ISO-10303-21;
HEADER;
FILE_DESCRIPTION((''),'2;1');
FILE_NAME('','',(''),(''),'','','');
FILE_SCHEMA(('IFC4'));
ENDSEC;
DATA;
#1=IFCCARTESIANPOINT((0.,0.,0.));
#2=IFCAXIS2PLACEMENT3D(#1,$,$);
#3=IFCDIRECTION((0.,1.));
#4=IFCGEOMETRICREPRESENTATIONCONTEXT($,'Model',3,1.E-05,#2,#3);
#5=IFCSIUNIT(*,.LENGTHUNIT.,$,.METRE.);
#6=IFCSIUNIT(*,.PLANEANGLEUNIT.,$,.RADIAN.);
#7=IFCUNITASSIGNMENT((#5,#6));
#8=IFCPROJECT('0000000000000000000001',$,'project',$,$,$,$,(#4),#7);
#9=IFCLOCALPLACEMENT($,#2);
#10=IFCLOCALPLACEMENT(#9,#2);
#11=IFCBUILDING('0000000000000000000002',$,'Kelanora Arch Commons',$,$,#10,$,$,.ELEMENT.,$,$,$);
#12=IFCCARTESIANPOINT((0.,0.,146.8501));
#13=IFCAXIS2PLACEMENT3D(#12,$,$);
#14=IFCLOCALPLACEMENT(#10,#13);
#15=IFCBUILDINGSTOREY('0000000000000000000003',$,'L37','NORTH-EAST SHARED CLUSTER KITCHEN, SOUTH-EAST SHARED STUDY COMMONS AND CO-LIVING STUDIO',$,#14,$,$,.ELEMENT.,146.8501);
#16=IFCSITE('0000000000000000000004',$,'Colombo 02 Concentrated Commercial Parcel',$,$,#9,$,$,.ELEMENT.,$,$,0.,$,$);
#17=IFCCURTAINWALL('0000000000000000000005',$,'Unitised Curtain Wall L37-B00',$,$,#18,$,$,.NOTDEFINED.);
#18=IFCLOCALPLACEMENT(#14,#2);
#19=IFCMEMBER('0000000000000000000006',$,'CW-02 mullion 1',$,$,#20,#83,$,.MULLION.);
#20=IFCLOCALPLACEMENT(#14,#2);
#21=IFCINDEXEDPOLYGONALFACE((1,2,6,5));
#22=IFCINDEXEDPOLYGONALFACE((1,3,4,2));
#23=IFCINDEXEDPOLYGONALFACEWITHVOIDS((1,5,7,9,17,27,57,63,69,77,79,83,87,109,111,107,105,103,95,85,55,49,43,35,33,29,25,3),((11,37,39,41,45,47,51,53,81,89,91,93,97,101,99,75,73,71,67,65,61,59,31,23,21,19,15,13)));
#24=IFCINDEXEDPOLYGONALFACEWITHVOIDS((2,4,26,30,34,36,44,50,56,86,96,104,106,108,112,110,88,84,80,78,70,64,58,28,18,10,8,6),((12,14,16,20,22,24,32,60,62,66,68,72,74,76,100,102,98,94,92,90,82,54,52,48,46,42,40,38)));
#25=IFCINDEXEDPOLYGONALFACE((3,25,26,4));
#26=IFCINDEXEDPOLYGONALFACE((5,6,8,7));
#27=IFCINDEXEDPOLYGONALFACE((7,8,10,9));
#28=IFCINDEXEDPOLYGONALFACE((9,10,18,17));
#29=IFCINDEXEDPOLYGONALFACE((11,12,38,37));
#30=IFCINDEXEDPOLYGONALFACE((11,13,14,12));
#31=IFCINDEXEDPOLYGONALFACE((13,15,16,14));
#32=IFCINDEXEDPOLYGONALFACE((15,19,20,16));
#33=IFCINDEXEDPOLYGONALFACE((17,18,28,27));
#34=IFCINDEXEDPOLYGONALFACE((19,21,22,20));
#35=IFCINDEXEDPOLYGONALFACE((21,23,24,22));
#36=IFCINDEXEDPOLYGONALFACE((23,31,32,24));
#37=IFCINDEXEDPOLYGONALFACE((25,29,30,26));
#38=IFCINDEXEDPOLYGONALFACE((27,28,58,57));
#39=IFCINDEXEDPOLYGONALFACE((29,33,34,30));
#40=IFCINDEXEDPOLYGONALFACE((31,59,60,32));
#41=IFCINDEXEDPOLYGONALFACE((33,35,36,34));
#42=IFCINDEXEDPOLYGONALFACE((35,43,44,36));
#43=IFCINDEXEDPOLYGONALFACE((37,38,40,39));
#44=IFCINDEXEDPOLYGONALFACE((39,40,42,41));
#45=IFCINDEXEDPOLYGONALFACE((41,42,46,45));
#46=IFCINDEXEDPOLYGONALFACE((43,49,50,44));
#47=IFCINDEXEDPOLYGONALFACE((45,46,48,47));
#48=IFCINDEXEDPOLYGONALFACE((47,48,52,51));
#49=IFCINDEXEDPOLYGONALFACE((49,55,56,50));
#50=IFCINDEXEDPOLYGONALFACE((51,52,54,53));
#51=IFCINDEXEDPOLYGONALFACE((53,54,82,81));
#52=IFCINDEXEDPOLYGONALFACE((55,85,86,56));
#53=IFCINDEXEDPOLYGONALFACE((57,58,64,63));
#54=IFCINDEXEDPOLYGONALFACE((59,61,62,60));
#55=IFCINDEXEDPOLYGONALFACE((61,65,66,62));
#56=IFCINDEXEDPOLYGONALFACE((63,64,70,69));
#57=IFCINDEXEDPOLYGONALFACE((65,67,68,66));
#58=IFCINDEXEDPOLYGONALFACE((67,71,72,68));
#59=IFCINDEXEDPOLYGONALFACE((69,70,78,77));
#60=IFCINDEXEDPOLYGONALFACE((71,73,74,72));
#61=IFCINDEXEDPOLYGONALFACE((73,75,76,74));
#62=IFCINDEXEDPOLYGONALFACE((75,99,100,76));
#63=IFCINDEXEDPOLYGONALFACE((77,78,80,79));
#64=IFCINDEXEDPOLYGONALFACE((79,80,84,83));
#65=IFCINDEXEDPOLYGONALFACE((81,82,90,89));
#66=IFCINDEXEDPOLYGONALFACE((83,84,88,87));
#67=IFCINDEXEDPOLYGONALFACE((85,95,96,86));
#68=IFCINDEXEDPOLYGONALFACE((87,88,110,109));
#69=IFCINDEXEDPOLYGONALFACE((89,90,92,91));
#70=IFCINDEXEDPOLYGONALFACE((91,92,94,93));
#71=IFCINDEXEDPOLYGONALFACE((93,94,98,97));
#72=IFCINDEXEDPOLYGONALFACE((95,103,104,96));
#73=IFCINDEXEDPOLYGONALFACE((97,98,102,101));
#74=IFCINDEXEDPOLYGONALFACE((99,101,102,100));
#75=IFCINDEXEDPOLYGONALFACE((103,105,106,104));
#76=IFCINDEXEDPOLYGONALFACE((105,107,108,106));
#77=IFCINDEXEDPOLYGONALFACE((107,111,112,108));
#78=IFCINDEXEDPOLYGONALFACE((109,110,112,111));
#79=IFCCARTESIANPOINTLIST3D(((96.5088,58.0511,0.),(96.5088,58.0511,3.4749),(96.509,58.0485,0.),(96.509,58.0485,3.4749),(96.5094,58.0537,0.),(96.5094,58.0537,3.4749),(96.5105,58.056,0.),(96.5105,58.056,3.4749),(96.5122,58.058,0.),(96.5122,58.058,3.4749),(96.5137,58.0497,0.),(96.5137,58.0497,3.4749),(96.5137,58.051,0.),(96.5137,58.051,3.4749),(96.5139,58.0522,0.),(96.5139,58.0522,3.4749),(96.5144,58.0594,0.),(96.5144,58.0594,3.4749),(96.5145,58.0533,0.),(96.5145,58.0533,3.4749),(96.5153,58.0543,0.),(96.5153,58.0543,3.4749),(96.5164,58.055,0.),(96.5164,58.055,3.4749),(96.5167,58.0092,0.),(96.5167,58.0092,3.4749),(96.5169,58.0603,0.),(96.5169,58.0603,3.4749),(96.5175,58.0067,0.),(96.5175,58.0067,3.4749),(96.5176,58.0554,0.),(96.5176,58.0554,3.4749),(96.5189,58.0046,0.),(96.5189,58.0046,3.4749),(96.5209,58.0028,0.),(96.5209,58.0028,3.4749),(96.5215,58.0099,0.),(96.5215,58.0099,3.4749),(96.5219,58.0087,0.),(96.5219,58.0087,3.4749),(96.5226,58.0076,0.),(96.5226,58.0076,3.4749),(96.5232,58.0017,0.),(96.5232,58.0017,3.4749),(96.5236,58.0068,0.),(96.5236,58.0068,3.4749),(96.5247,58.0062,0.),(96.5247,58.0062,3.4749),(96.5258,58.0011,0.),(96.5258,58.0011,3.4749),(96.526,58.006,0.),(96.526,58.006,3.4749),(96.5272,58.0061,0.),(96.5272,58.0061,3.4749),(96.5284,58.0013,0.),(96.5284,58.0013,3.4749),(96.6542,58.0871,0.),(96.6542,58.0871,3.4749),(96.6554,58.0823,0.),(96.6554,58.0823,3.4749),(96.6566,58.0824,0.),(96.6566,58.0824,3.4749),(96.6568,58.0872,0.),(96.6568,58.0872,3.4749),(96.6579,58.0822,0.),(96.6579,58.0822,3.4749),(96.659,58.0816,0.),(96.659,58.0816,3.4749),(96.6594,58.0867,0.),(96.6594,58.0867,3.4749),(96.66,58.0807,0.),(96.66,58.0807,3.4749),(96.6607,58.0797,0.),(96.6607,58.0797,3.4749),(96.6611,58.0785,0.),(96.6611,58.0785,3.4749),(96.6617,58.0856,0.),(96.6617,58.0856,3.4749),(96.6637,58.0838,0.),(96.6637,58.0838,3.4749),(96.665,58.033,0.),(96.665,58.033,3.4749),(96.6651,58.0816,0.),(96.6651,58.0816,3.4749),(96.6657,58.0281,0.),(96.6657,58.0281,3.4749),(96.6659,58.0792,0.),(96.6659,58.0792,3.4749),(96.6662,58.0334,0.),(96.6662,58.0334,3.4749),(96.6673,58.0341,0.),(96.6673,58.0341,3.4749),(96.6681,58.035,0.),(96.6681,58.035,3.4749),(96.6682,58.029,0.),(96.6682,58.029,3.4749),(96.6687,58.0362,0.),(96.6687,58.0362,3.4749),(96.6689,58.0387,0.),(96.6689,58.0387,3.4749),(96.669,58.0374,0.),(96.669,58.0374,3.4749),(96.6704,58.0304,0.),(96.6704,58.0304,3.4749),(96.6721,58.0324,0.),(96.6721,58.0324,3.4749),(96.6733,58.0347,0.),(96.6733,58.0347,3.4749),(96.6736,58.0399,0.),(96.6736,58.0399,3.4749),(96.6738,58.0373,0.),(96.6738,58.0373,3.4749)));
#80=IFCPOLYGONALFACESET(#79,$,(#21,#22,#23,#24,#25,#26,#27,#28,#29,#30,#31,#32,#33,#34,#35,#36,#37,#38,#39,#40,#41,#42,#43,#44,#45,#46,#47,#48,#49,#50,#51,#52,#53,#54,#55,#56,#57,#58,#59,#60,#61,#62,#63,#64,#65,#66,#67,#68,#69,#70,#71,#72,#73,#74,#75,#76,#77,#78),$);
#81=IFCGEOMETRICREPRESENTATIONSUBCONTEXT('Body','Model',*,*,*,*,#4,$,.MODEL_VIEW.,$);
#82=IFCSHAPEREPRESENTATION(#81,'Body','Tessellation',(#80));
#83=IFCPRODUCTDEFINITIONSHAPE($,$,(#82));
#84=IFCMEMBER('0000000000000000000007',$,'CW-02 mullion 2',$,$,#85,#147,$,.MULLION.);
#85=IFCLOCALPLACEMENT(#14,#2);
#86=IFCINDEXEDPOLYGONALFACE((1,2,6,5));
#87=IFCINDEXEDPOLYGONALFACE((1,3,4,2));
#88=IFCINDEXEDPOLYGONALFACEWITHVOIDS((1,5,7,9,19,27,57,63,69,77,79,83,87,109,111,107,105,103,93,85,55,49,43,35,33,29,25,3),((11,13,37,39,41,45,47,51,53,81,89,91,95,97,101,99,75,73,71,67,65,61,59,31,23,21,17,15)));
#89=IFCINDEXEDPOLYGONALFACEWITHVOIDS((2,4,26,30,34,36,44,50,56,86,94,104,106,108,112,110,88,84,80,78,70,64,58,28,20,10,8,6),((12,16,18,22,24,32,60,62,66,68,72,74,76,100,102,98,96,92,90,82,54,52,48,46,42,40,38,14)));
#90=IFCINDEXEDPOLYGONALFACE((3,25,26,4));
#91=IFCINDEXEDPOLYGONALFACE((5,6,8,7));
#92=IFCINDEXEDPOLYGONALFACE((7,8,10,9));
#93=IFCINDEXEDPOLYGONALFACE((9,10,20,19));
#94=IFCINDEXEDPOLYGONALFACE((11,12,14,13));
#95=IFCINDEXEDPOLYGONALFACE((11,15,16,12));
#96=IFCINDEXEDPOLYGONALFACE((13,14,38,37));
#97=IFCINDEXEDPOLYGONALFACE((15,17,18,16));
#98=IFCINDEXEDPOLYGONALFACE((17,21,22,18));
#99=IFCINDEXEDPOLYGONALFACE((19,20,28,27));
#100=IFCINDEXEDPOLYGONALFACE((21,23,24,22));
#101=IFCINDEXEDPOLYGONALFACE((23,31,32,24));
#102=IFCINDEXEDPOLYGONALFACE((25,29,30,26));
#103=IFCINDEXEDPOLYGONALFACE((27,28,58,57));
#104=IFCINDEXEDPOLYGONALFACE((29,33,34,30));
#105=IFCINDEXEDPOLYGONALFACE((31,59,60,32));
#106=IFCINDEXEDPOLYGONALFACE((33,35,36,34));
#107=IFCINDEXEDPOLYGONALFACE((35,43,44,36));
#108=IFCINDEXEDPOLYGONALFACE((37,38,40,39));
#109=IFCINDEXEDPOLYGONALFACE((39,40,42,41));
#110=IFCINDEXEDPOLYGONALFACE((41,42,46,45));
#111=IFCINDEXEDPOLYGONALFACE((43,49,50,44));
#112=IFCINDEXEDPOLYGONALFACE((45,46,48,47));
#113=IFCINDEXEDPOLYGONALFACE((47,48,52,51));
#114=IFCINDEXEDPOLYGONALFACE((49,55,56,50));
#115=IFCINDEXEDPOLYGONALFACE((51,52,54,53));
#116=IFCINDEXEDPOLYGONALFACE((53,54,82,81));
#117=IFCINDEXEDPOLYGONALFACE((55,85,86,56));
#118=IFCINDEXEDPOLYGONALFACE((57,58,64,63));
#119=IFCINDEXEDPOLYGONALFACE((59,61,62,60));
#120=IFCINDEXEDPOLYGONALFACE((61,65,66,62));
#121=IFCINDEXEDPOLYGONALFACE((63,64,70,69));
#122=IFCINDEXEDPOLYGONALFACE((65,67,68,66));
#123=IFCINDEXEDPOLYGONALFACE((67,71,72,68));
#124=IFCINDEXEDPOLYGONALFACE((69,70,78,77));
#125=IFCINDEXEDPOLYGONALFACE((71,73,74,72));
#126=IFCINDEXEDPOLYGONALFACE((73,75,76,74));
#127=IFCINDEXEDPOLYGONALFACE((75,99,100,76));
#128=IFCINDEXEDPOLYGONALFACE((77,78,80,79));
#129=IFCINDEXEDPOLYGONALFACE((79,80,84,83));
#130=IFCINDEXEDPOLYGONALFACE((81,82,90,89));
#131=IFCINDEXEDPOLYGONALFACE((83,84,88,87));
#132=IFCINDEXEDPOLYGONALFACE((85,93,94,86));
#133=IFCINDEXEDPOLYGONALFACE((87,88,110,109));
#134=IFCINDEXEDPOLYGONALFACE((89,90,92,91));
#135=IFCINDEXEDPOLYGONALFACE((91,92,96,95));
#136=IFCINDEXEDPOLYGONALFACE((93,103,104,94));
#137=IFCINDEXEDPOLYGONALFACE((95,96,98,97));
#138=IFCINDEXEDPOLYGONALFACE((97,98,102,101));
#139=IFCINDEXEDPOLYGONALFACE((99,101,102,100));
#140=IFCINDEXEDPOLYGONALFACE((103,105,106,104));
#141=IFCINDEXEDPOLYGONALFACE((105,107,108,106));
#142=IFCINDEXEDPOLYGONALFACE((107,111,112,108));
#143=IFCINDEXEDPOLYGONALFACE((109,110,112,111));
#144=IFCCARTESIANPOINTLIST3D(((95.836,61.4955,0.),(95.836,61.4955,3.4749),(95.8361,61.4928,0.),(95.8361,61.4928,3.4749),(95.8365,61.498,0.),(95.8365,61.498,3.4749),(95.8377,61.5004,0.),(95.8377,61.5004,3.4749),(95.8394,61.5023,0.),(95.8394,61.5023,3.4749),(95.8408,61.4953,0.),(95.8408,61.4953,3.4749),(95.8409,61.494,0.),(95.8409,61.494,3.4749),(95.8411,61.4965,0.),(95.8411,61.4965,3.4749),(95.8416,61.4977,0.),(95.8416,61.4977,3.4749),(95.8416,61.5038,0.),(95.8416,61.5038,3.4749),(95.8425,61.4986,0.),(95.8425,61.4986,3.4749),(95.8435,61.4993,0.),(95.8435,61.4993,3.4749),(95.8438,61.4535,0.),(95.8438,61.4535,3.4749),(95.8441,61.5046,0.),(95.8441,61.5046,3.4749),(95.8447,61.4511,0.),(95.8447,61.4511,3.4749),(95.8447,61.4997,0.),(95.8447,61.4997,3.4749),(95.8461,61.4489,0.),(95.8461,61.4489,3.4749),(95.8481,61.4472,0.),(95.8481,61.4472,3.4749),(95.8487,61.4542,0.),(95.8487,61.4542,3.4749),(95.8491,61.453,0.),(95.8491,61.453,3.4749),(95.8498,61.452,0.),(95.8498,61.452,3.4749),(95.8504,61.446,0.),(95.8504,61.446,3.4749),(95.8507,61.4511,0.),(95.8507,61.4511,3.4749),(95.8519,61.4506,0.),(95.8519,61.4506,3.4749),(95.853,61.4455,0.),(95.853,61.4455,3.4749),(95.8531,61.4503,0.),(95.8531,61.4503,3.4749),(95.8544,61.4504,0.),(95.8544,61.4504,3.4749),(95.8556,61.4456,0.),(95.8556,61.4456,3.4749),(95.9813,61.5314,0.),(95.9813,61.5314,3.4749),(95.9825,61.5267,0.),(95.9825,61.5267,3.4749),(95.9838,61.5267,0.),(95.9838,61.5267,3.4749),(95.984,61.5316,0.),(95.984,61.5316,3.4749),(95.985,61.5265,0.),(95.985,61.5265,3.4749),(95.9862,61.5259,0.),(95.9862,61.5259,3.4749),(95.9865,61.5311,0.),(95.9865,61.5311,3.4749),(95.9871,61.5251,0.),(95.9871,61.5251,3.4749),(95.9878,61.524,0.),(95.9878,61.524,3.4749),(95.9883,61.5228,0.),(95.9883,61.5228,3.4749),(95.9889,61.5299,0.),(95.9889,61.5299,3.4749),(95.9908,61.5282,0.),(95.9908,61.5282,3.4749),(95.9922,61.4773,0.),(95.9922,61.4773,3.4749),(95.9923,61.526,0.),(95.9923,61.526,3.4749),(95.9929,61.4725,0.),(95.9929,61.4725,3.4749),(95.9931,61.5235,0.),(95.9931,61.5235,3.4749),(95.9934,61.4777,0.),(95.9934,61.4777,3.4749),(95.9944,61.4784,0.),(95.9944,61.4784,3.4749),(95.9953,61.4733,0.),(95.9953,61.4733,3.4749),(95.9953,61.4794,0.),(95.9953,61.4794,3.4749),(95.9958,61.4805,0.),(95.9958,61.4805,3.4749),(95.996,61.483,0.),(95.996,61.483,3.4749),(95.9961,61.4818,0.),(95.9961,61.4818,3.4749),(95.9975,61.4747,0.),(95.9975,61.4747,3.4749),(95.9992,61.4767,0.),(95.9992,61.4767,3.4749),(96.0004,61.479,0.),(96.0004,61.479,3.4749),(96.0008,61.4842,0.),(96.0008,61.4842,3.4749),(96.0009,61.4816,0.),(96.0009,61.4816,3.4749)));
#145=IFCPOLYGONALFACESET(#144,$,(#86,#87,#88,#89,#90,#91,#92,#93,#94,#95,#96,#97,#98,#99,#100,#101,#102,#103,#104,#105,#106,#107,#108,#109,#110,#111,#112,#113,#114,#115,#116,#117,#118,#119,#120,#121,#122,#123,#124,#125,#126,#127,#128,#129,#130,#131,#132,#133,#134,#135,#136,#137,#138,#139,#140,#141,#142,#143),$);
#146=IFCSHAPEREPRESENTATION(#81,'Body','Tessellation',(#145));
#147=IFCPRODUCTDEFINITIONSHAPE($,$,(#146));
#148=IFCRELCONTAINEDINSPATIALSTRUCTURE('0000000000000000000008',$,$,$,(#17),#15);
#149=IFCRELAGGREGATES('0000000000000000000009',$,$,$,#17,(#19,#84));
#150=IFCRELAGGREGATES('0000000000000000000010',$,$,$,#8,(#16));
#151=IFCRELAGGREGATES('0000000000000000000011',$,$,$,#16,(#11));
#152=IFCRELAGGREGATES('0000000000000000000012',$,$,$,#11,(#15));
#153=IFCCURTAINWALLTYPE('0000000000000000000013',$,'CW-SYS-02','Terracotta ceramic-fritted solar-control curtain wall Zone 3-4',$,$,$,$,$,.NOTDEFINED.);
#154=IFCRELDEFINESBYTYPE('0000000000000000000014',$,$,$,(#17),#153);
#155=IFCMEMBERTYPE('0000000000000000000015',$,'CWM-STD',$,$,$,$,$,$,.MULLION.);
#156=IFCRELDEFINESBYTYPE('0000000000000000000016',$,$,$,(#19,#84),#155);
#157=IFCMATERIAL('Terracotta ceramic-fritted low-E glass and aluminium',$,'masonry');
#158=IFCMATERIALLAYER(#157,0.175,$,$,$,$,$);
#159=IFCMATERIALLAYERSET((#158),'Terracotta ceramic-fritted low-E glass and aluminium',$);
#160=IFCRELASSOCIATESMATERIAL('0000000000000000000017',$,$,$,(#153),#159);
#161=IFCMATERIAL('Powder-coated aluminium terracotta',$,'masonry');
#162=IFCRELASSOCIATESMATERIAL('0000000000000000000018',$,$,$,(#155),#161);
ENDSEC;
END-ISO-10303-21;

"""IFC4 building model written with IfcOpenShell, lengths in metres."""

from ifc_helpers import new_model, si_unit, direction, frame, origin, origin_2d, place, context, subcontext, project, spatial, hollow_rectangle, extrude, material, layer, layer_set, material_profile, profile_set, type_object, element, aggregate, save


model = new_model("IFC4")

# Units and contexts
model_context = context("Model", 3, precision=1e-05, world=origin(), true_north=direction((0.0, 1.0)))
body_context = subcontext(model_context, "Body", "Model", "MODEL_VIEW")
ifc_project = project(units=[si_unit("LENGTHUNIT", "METRE"), si_unit("PLANEANGLEUNIT", "RADIAN")], contexts=[model_context])

# Site, building, storey
site_placement = place(None, origin())
site = spatial("IfcSite", under=ifc_project, at=site_placement, Name="Colombo 02 Concentrated Commercial Parcel", CompositionType="ELEMENT", RefElevation=0.0)
building_placement = place(site_placement, origin())
building = spatial("IfcBuilding", under=site, at=building_placement, Name="Kelanora Arch Commons", CompositionType="ELEMENT")
storey_placement = place(building_placement, frame((0.0, 0.0, 146.8501)))
storey = spatial("IfcBuildingStorey", under=building, at=storey_placement, Name="L37", Description="NORTH-EAST SHARED CLUSTER KITCHEN, SOUTH-EAST SHARED STUDY COMMONS AND CO-LIVING STUDIO", CompositionType="ELEMENT", Elevation=146.8501)

# Curtain wall, members
ifc_material_1 = material(Name="Terracotta ceramic-fritted low-E glass and aluminium", Category="masonry")
ifc_layer_1 = layer(ifc_material_1, 0.175)
ifc_layer_set_1 = layer_set([ifc_layer_1], Name="Terracotta ceramic-fritted low-E glass and aluminium")
curtain_wall_type = type_object("IfcCurtainWallType", Name="CW-SYS-02", Description="Terracotta ceramic-fritted solar-control curtain wall Zone 3-4", PredefinedType="NOTDEFINED", material=ifc_layer_set_1)
curtain_wall_placement = place(storey_placement, origin())
curtain_wall = element("IfcCurtainWall", 1, at=curtain_wall_placement, inside=storey, type_object=curtain_wall_type, Name="Unitised Curtain Wall L37-B00", PredefinedType="NOTDEFINED")
ifc_material_2 = material(Name="Powder-coated aluminium terracotta", Category="masonry")
ifc_material_profile_1 = material_profile(ifc_material_2, hollow_rectangle(XDim=0.1599, YDim=0.0601, WallThickness=0.0049, InnerFilletRadius=0.0049, OuterFilletRadius=0.01, at=origin_2d()), Name="CWM160x60")
ifc_profile_set_1 = profile_set([ifc_material_profile_1], Name="Powder-coated aluminium terracotta")
member_type_1 = type_object("IfcMemberType", Name="CWM-STD", PredefinedType="MULLION", material=ifc_profile_set_1)
member_1_placement = place(storey_placement, frame((96.5913, 58.0442, 0.0), z_axis=(0.0, 0.0, 1.0), x_axis=(-0.981453, -0.191705, 0.0)))
member_1 = element("IfcMember", 2, at=member_1_placement, type_object=member_type_1, Name="CW-02 mullion 1", PredefinedType="MULLION", context=body_context, shape_type="SweptSolid", body=[
    extrude(hollow_rectangle(XDim=0.1599, YDim=0.0601, WallThickness=0.0049, InnerFilletRadius=0.0049, OuterFilletRadius=0.01, at=origin_2d()), origin(), (0.0, 0.0, 1.0), 3.4749),
])
member_2_placement = place(storey_placement, frame((95.9185, 61.4885, 0.0), z_axis=(0.0, 0.0, 1.0), x_axis=(-0.981453, -0.191705, 0.0)))
member_2 = element("IfcMember", 3, at=member_2_placement, type_object=member_type_1, Name="CW-02 mullion 2", PredefinedType="MULLION", context=body_context, shape_type="SweptSolid", body=[
    extrude(hollow_rectangle(XDim=0.1599, YDim=0.0601, WallThickness=0.0049, InnerFilletRadius=0.0049, OuterFilletRadius=0.01, at=origin_2d()), origin(), (0.0, 0.0, 1.0), 3.4749),
])
aggregate(curtain_wall, [member_1, member_2])

save(model, "model.ifc")
